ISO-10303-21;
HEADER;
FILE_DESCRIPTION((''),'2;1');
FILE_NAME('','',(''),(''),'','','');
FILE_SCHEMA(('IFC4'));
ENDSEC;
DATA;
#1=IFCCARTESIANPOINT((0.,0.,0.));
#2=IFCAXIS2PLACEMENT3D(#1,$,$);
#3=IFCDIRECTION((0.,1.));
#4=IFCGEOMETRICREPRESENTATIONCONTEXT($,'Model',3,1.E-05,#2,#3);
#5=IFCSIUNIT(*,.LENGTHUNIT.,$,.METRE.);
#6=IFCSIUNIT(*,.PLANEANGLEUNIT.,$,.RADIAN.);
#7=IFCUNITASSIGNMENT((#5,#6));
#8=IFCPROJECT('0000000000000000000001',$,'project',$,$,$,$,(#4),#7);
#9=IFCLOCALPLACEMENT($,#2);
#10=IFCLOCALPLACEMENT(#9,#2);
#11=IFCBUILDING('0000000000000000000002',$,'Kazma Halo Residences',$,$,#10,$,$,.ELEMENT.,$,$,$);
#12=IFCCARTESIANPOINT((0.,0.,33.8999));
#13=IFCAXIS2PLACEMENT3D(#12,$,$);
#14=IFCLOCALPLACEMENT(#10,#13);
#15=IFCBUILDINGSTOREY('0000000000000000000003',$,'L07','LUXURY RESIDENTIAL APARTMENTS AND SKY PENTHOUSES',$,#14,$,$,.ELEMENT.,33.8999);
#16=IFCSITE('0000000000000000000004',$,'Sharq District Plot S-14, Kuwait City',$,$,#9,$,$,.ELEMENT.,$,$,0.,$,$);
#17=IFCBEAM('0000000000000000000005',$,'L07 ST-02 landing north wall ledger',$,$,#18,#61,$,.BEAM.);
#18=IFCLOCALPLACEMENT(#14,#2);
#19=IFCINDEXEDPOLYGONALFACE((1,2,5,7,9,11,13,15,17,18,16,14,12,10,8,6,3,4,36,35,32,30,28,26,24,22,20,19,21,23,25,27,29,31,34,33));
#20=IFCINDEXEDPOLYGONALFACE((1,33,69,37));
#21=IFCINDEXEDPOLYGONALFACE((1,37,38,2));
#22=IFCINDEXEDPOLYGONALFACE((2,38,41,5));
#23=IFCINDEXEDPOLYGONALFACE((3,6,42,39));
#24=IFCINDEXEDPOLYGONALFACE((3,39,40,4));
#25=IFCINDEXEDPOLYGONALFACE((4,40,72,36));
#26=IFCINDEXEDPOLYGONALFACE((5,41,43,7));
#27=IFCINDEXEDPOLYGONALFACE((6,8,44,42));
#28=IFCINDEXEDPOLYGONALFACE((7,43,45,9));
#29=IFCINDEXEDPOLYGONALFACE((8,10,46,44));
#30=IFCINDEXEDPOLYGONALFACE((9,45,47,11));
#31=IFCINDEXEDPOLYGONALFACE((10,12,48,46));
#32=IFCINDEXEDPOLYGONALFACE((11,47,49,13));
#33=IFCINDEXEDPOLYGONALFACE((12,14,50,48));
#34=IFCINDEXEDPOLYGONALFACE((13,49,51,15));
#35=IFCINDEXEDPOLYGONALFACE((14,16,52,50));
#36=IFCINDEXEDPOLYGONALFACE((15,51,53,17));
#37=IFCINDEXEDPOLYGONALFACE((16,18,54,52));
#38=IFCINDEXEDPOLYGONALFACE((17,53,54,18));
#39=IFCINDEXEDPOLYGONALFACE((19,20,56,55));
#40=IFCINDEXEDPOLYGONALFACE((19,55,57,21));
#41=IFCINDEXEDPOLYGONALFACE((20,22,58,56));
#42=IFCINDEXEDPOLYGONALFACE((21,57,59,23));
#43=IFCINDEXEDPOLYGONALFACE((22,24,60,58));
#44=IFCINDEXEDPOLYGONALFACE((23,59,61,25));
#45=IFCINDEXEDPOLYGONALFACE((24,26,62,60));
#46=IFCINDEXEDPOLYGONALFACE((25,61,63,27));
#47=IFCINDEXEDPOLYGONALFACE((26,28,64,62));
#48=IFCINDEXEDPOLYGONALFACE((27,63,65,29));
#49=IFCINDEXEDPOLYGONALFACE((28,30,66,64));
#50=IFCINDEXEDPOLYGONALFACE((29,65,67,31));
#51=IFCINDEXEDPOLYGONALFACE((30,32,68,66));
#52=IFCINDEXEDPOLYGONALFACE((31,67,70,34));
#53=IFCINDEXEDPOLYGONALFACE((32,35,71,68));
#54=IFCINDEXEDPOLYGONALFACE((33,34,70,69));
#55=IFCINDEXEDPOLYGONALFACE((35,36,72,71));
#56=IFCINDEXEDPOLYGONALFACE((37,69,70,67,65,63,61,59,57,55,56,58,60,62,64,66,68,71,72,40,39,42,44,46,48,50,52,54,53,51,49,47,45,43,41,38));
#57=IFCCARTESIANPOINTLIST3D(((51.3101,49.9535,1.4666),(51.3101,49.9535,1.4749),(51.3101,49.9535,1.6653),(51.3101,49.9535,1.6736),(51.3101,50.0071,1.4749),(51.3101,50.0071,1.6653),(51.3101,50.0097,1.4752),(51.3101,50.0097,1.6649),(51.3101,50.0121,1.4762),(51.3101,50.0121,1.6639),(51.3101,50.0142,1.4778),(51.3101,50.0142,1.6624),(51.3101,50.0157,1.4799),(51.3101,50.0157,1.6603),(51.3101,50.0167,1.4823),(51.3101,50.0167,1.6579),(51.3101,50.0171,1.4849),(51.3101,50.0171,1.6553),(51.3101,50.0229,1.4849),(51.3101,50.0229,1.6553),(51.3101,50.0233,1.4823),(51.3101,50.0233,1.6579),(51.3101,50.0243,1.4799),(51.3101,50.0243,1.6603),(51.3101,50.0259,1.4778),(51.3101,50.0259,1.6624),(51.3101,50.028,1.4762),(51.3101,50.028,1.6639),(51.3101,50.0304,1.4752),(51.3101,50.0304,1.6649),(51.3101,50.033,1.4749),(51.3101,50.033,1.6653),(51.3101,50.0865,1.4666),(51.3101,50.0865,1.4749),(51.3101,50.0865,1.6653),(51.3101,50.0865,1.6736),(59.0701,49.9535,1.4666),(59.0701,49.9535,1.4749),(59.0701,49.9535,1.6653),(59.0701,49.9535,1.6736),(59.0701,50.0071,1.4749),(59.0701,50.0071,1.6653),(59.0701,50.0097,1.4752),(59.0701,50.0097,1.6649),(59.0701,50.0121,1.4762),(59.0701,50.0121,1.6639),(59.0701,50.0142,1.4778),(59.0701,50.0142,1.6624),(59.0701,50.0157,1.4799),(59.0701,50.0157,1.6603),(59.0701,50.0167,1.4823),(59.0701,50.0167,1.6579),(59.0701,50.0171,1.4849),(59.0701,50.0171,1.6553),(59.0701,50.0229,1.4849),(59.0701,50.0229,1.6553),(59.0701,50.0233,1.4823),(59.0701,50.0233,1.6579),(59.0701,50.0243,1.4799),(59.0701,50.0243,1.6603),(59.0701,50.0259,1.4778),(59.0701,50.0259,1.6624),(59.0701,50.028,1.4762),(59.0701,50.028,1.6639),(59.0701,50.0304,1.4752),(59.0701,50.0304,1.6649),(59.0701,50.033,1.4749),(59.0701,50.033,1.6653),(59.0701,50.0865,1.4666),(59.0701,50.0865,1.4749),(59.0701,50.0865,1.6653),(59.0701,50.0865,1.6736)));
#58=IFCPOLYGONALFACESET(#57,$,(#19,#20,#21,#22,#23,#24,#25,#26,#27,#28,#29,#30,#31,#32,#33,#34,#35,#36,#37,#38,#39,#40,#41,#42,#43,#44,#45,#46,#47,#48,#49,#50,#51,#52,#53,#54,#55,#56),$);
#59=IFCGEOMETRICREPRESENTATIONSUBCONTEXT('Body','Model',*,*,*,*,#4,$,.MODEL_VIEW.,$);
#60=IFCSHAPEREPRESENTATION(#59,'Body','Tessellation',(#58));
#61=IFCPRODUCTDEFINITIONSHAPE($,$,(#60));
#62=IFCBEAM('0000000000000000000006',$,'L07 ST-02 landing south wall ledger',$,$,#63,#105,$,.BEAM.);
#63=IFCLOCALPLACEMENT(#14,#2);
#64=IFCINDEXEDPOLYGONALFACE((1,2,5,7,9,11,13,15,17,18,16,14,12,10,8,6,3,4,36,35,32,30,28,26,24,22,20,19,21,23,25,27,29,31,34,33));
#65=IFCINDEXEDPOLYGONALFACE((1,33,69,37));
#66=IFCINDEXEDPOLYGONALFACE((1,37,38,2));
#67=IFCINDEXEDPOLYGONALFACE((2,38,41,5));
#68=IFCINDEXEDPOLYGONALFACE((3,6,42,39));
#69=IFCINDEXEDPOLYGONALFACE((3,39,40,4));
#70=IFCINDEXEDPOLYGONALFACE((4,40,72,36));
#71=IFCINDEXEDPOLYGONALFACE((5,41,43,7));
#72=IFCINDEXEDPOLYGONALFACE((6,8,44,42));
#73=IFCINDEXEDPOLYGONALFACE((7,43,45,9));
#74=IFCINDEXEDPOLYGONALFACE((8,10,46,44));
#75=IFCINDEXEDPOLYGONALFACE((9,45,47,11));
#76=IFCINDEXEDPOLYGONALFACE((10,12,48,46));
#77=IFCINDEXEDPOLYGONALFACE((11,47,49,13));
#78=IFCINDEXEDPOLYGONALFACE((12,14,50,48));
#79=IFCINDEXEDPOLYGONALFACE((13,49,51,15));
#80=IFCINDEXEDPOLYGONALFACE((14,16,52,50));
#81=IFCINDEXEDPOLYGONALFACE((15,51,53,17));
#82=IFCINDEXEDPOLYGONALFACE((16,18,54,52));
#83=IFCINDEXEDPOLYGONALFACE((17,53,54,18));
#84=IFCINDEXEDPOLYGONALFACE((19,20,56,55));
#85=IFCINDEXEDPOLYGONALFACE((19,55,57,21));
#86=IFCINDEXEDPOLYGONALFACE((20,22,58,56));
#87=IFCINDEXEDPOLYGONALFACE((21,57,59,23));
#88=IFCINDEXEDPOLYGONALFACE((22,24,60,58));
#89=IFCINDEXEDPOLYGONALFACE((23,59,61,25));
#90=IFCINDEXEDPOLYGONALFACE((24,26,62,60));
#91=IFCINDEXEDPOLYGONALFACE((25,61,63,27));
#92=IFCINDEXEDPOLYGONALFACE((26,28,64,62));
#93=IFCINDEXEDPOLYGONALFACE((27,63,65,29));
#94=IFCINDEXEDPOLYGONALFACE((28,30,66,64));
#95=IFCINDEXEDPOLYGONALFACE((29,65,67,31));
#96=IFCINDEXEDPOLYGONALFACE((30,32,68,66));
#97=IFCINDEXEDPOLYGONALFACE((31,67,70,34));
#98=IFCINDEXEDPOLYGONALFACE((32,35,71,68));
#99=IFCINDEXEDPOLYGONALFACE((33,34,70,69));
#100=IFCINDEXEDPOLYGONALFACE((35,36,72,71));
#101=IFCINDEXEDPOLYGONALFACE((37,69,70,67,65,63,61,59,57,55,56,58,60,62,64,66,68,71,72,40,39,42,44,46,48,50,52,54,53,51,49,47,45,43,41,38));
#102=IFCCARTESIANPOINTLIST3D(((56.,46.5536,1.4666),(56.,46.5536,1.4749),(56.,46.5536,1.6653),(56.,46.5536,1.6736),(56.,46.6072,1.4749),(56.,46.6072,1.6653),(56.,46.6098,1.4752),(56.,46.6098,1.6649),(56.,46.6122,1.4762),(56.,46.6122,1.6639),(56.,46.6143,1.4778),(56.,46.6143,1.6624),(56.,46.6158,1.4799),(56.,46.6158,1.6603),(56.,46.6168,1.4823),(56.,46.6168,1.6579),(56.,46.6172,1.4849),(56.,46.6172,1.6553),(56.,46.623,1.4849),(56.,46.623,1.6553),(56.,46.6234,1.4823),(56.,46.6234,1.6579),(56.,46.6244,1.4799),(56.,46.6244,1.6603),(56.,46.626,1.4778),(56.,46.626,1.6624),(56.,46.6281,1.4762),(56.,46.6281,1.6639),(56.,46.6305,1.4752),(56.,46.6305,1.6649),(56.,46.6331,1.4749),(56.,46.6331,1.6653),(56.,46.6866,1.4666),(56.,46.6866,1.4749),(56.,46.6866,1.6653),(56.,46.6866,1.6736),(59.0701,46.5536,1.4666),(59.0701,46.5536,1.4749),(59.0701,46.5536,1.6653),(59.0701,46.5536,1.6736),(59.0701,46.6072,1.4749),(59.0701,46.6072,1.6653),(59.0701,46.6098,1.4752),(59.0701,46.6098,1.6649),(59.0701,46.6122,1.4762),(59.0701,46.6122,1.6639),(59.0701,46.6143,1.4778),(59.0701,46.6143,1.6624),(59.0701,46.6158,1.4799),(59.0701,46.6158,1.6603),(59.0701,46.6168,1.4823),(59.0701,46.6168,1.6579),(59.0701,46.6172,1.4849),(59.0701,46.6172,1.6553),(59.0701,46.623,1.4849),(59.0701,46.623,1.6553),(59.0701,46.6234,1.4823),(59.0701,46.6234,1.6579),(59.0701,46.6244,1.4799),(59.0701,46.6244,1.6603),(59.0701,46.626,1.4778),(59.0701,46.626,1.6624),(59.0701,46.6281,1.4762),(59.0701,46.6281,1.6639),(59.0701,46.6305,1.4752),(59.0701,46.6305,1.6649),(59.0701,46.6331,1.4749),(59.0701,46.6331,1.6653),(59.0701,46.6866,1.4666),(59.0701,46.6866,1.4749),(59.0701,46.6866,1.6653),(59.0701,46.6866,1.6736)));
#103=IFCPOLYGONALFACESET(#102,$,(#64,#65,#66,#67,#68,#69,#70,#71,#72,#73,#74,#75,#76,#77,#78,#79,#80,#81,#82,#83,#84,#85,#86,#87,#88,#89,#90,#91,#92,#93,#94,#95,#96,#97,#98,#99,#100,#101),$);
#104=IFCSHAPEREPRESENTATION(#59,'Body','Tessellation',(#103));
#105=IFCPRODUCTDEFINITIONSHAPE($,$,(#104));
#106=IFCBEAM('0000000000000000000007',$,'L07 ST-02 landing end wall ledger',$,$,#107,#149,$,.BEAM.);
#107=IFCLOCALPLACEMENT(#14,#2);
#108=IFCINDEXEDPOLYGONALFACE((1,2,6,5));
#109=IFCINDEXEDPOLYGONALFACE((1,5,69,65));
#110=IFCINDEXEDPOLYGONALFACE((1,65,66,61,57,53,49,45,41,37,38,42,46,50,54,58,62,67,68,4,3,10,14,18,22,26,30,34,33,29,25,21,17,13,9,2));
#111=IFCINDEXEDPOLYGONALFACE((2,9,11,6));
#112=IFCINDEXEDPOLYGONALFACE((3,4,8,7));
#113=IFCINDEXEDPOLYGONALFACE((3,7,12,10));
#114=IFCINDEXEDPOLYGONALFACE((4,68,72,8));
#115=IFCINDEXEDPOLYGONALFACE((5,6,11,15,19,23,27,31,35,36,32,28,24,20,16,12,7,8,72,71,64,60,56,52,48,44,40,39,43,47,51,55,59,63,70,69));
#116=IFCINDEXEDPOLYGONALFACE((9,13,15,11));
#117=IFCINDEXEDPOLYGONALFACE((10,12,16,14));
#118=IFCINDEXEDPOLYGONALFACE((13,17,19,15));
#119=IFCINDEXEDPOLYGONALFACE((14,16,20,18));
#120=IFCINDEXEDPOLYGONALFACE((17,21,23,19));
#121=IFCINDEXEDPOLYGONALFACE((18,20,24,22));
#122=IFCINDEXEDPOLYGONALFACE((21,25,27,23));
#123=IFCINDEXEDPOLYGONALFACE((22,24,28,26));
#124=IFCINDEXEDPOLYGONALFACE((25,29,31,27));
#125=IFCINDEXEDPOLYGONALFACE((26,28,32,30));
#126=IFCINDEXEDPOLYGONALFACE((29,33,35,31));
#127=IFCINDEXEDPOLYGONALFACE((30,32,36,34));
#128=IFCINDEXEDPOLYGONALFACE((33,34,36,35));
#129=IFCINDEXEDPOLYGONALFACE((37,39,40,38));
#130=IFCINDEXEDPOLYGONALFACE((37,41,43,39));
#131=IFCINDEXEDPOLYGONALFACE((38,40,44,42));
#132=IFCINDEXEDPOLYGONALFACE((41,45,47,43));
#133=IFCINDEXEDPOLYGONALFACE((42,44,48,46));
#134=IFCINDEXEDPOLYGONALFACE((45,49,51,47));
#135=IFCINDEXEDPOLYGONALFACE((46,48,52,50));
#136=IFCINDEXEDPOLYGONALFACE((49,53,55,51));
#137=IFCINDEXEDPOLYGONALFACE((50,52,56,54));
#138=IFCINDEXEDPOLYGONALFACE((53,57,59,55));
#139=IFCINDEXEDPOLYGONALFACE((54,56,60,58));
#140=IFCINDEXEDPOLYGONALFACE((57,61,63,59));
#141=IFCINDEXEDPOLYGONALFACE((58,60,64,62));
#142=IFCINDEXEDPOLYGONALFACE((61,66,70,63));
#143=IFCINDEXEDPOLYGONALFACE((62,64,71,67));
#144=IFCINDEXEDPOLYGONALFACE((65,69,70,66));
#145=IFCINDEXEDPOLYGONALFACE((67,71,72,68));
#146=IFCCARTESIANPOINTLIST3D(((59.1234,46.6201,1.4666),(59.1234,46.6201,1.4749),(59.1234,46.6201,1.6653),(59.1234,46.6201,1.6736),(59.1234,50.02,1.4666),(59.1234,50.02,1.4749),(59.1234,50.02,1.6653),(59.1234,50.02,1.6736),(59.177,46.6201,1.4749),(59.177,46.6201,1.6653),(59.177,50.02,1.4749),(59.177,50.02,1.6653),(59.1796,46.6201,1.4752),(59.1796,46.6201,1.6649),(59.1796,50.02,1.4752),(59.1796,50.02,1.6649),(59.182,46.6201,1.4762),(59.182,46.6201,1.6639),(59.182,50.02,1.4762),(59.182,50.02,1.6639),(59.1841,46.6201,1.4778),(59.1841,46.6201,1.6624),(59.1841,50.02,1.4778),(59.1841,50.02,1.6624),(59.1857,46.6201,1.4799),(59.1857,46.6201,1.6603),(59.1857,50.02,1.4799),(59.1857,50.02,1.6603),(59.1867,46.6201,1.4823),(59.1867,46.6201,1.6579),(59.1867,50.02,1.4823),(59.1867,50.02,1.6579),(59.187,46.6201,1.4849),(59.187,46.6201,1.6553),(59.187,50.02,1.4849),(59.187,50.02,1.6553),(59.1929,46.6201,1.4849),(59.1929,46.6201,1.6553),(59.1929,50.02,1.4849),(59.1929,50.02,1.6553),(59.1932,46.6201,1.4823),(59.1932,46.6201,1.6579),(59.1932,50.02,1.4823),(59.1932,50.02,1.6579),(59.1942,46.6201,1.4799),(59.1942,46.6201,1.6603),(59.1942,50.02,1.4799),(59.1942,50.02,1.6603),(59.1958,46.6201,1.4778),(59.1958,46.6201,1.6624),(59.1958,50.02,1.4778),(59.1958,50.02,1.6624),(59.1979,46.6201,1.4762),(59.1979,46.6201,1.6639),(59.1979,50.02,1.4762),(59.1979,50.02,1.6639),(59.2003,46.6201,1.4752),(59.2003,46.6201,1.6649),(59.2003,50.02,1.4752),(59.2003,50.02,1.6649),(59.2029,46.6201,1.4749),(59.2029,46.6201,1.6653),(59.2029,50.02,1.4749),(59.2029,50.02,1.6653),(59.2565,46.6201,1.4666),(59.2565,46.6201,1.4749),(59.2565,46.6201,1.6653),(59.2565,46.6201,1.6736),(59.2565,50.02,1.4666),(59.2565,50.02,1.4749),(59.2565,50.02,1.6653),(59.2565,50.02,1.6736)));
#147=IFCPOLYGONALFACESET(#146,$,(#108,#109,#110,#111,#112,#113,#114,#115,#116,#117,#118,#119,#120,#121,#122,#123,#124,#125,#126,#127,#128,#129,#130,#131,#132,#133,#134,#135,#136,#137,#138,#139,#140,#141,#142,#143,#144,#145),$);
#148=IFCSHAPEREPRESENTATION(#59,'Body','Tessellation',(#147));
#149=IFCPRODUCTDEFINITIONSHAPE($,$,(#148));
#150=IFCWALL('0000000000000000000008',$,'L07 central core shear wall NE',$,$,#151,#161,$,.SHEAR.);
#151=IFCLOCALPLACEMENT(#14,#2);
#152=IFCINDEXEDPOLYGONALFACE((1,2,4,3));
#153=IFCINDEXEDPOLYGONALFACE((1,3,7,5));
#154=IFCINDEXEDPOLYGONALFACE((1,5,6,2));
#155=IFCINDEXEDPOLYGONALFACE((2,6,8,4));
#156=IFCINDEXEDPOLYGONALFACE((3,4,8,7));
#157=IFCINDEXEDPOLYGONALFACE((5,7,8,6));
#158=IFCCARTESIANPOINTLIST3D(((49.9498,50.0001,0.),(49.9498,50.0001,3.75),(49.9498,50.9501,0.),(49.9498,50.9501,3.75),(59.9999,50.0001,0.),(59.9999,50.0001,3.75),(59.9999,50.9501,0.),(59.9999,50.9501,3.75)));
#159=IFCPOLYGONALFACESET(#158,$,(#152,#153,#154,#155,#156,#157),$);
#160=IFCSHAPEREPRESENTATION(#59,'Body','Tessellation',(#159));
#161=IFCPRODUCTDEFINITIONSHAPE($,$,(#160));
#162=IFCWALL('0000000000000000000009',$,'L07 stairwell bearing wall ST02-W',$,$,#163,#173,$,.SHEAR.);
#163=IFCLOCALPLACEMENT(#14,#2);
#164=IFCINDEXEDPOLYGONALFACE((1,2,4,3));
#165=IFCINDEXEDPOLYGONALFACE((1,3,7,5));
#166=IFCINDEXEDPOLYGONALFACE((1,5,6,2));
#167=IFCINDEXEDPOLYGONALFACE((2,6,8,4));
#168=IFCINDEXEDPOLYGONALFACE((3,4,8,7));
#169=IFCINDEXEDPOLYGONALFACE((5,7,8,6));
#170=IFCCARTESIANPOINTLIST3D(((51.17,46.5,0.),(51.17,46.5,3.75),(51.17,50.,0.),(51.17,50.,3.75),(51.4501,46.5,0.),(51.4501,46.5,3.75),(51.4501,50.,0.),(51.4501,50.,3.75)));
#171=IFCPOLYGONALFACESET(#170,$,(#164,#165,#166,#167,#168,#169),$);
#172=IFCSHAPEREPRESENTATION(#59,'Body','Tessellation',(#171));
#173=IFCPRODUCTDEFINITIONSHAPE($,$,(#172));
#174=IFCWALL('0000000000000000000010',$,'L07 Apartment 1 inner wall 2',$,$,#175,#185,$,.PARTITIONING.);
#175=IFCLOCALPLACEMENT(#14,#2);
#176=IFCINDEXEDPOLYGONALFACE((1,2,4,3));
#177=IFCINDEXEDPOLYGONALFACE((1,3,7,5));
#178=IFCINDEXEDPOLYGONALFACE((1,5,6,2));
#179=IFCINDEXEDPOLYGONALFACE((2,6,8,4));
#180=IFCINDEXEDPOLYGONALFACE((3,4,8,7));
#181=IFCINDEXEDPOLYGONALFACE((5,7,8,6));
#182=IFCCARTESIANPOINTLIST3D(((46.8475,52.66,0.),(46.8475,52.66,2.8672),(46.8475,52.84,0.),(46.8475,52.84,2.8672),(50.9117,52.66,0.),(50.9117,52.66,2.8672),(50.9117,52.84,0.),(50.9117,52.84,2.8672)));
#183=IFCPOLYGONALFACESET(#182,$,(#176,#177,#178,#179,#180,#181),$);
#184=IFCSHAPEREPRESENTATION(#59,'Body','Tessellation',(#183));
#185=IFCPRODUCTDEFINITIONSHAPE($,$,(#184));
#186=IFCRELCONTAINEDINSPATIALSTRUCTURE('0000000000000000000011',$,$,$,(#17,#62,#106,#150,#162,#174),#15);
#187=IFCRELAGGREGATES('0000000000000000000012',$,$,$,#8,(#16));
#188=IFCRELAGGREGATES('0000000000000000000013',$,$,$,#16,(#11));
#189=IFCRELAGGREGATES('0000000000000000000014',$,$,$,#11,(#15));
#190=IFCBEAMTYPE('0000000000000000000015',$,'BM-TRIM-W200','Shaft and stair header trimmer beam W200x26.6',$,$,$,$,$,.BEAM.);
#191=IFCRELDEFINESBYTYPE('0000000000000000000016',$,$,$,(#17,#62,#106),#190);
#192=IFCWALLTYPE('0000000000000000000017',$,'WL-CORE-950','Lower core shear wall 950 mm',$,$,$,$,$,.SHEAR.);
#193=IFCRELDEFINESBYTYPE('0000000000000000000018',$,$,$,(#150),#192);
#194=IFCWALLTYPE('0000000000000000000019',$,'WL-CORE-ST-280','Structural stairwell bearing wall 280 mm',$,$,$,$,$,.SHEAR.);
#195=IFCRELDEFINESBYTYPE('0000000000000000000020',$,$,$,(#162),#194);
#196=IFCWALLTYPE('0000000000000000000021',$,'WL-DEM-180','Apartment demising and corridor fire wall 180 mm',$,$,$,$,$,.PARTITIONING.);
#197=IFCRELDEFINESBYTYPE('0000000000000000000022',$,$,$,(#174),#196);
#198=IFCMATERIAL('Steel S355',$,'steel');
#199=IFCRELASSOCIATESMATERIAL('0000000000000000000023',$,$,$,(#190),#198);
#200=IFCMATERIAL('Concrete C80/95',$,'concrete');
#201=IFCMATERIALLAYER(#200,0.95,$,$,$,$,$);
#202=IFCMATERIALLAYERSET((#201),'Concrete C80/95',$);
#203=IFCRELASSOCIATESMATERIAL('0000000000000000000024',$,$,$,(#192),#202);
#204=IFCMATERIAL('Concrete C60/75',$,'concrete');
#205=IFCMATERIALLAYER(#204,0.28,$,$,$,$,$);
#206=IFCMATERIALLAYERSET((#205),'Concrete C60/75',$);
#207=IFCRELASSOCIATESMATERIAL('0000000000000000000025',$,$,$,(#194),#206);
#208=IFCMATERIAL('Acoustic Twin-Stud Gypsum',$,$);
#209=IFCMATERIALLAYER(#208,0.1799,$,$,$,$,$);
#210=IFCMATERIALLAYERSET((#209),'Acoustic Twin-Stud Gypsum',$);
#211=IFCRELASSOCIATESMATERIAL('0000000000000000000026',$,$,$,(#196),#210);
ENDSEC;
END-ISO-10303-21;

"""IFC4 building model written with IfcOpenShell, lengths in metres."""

from ifc_helpers import new_model, si_unit, direction, frame, frame_2d, origin, origin_2d, place, context, subcontext, project, spatial, rectangle, i_section, extrude, material, layer, layer_set, material_profile, profile_set, type_object, element, save


model = new_model("IFC4")

# Units and contexts
model_context = context("Model", 3, precision=1e-05, world=origin(), true_north=direction((0.0, 1.0)))
body_context = subcontext(model_context, "Body", "Model", "MODEL_VIEW")
ifc_project = project(units=[si_unit("LENGTHUNIT", "METRE"), si_unit("PLANEANGLEUNIT", "RADIAN")], contexts=[model_context])

# Site, building, storey
site_placement = place(None, origin())
site = spatial("IfcSite", under=ifc_project, at=site_placement, Name="Sharq District Plot S-14, Kuwait City", CompositionType="ELEMENT", RefElevation=0.0)
building_placement = place(site_placement, origin())
building = spatial("IfcBuilding", under=site, at=building_placement, Name="Kazma Halo Residences", CompositionType="ELEMENT")
storey_placement = place(building_placement, frame((0.0, 0.0, 33.8999)))
storey = spatial("IfcBuildingStorey", under=building, at=storey_placement, Name="L07", Description="LUXURY RESIDENTIAL APARTMENTS AND SKY PENTHOUSES", CompositionType="ELEMENT", Elevation=33.8999)

# Shared definitions
ifc_material_1 = material(Name="Steel S355", Category="steel")

# Beams
ifc_material_profile_1 = material_profile(ifc_material_1, i_section(OverallWidth=0.1331, OverallDepth=0.207, WebThickness=0.0059, FlangeThickness=0.0083, FilletRadius=0.01, at=origin_2d()), Name="W200x26.6")
ifc_profile_set_1 = profile_set([ifc_material_profile_1], Name="Steel S355")
beam_type_1 = type_object("IfcBeamType", Name="BM-TRIM-W200", Description="Shaft and stair header trimmer beam W200x26.6", PredefinedType="BEAM", material=ifc_profile_set_1)
beam_1_placement = place(storey_placement, frame((51.3101, 50.02, 1.5701), z_axis=(1.0, 0.0, 0.0), x_axis=(0.0, 1.0, 0.0)))
element("IfcBeam", 1, at=beam_1_placement, inside=storey, type_object=beam_type_1, Name="L07 ST-02 landing north wall ledger", PredefinedType="BEAM", context=body_context, shape_type="SweptSolid", body=[
    extrude(i_section(OverallWidth=0.1331, OverallDepth=0.207, WebThickness=0.0059, FlangeThickness=0.0083, FilletRadius=0.01, at=origin_2d()), origin(), (0.0, 0.0, 1.0), 7.76),
])
beam_2_placement = place(storey_placement, frame((56.0, 46.6201, 1.5701), z_axis=(1.0, 0.0, 0.0), x_axis=(0.0, 1.0, 0.0)))
element("IfcBeam", 2, at=beam_2_placement, inside=storey, type_object=beam_type_1, Name="L07 ST-02 landing south wall ledger", PredefinedType="BEAM", context=body_context, shape_type="SweptSolid", body=[
    extrude(i_section(OverallWidth=0.1331, OverallDepth=0.207, WebThickness=0.0059, FlangeThickness=0.0083, FilletRadius=0.01, at=origin_2d()), origin(), (0.0, 0.0, 1.0), 3.0701),
])
beam_3_placement = place(storey_placement, frame((59.1899, 46.6201, 1.5701), z_axis=(0.0, 1.0, 0.0), x_axis=(-1.0, 0.0, 0.0)))
element("IfcBeam", 3, at=beam_3_placement, inside=storey, type_object=beam_type_1, Name="L07 ST-02 landing end wall ledger", PredefinedType="BEAM", context=body_context, shape_type="SweptSolid", body=[
    extrude(i_section(OverallWidth=0.1331, OverallDepth=0.207, WebThickness=0.0059, FlangeThickness=0.0083, FilletRadius=0.01, at=origin_2d()), origin(), (0.0, 0.0, 1.0), 3.3999),
])

# Walls
ifc_material_2 = material(Name="Concrete C80/95", Category="concrete")
ifc_layer_1 = layer(ifc_material_2, 0.95)
ifc_layer_set_1 = layer_set([ifc_layer_1], Name="Concrete C80/95")
wall_type_1 = type_object("IfcWallType", Name="WL-CORE-950", Description="Lower core shear wall 950 mm", PredefinedType="SHEAR", material=ifc_layer_set_1)
wall_1_placement = place(storey_placement, frame((49.95, 50.4751, 0.0), z_axis=(0.0, 0.0, 1.0), x_axis=(1.0, 0.0, 0.0)))
element("IfcWall", 4, at=wall_1_placement, inside=storey, type_object=wall_type_1, Name="L07 central core shear wall NE", PredefinedType="SHEAR", context=body_context, shape_type="SweptSolid", body=[
    extrude(rectangle(XDim=10.05, YDim=0.95, at=frame_2d((5.0249, 0.0))), origin(), (0.0, 0.0, 1.0), 3.75),
])
ifc_material_3 = material(Name="Concrete C60/75", Category="concrete")
ifc_layer_2 = layer(ifc_material_3, 0.28)
ifc_layer_set_2 = layer_set([ifc_layer_2], Name="Concrete C60/75")
wall_type_2 = type_object("IfcWallType", Name="WL-CORE-ST-280", Description="Structural stairwell bearing wall 280 mm", PredefinedType="SHEAR", material=ifc_layer_set_2)
wall_2_placement = place(storey_placement, frame((51.3101, 46.5, 0.0), z_axis=(0.0, 0.0, 1.0), x_axis=(0.0, 1.0, 0.0)))
element("IfcWall", 5, at=wall_2_placement, inside=storey, type_object=wall_type_2, Name="L07 stairwell bearing wall ST02-W", PredefinedType="SHEAR", context=body_context, shape_type="SweptSolid", body=[
    extrude(rectangle(XDim=3.5, YDim=0.28, at=frame_2d((1.75, 0.0))), origin(), (0.0, 0.0, 1.0), 3.75),
])
ifc_material_4 = material(Name="Acoustic Twin-Stud Gypsum")
ifc_layer_3 = layer(ifc_material_4, 0.1799)
ifc_layer_set_3 = layer_set([ifc_layer_3], Name="Acoustic Twin-Stud Gypsum")
wall_type_3 = type_object("IfcWallType", Name="WL-DEM-180", Description="Apartment demising and corridor fire wall 180 mm", PredefinedType="PARTITIONING", material=ifc_layer_set_3)
wall_3_placement = place(storey_placement, frame((50.9119, 52.75, 0.0), z_axis=(0.0, 0.0, 1.0), x_axis=(-1.0, 0.0, 0.0)))
element("IfcWall", 6, at=wall_3_placement, inside=storey, type_object=wall_type_3, Name="L07 Apartment 1 inner wall 2", PredefinedType="PARTITIONING", context=body_context, shape_type="SweptSolid", body=[
    extrude(rectangle(XDim=4.0642, YDim=0.1799, at=frame_2d((2.0322, 0.0))), origin(), (0.0, 0.0, 1.0), 2.8672),
])

save(model, "model.ifc")
